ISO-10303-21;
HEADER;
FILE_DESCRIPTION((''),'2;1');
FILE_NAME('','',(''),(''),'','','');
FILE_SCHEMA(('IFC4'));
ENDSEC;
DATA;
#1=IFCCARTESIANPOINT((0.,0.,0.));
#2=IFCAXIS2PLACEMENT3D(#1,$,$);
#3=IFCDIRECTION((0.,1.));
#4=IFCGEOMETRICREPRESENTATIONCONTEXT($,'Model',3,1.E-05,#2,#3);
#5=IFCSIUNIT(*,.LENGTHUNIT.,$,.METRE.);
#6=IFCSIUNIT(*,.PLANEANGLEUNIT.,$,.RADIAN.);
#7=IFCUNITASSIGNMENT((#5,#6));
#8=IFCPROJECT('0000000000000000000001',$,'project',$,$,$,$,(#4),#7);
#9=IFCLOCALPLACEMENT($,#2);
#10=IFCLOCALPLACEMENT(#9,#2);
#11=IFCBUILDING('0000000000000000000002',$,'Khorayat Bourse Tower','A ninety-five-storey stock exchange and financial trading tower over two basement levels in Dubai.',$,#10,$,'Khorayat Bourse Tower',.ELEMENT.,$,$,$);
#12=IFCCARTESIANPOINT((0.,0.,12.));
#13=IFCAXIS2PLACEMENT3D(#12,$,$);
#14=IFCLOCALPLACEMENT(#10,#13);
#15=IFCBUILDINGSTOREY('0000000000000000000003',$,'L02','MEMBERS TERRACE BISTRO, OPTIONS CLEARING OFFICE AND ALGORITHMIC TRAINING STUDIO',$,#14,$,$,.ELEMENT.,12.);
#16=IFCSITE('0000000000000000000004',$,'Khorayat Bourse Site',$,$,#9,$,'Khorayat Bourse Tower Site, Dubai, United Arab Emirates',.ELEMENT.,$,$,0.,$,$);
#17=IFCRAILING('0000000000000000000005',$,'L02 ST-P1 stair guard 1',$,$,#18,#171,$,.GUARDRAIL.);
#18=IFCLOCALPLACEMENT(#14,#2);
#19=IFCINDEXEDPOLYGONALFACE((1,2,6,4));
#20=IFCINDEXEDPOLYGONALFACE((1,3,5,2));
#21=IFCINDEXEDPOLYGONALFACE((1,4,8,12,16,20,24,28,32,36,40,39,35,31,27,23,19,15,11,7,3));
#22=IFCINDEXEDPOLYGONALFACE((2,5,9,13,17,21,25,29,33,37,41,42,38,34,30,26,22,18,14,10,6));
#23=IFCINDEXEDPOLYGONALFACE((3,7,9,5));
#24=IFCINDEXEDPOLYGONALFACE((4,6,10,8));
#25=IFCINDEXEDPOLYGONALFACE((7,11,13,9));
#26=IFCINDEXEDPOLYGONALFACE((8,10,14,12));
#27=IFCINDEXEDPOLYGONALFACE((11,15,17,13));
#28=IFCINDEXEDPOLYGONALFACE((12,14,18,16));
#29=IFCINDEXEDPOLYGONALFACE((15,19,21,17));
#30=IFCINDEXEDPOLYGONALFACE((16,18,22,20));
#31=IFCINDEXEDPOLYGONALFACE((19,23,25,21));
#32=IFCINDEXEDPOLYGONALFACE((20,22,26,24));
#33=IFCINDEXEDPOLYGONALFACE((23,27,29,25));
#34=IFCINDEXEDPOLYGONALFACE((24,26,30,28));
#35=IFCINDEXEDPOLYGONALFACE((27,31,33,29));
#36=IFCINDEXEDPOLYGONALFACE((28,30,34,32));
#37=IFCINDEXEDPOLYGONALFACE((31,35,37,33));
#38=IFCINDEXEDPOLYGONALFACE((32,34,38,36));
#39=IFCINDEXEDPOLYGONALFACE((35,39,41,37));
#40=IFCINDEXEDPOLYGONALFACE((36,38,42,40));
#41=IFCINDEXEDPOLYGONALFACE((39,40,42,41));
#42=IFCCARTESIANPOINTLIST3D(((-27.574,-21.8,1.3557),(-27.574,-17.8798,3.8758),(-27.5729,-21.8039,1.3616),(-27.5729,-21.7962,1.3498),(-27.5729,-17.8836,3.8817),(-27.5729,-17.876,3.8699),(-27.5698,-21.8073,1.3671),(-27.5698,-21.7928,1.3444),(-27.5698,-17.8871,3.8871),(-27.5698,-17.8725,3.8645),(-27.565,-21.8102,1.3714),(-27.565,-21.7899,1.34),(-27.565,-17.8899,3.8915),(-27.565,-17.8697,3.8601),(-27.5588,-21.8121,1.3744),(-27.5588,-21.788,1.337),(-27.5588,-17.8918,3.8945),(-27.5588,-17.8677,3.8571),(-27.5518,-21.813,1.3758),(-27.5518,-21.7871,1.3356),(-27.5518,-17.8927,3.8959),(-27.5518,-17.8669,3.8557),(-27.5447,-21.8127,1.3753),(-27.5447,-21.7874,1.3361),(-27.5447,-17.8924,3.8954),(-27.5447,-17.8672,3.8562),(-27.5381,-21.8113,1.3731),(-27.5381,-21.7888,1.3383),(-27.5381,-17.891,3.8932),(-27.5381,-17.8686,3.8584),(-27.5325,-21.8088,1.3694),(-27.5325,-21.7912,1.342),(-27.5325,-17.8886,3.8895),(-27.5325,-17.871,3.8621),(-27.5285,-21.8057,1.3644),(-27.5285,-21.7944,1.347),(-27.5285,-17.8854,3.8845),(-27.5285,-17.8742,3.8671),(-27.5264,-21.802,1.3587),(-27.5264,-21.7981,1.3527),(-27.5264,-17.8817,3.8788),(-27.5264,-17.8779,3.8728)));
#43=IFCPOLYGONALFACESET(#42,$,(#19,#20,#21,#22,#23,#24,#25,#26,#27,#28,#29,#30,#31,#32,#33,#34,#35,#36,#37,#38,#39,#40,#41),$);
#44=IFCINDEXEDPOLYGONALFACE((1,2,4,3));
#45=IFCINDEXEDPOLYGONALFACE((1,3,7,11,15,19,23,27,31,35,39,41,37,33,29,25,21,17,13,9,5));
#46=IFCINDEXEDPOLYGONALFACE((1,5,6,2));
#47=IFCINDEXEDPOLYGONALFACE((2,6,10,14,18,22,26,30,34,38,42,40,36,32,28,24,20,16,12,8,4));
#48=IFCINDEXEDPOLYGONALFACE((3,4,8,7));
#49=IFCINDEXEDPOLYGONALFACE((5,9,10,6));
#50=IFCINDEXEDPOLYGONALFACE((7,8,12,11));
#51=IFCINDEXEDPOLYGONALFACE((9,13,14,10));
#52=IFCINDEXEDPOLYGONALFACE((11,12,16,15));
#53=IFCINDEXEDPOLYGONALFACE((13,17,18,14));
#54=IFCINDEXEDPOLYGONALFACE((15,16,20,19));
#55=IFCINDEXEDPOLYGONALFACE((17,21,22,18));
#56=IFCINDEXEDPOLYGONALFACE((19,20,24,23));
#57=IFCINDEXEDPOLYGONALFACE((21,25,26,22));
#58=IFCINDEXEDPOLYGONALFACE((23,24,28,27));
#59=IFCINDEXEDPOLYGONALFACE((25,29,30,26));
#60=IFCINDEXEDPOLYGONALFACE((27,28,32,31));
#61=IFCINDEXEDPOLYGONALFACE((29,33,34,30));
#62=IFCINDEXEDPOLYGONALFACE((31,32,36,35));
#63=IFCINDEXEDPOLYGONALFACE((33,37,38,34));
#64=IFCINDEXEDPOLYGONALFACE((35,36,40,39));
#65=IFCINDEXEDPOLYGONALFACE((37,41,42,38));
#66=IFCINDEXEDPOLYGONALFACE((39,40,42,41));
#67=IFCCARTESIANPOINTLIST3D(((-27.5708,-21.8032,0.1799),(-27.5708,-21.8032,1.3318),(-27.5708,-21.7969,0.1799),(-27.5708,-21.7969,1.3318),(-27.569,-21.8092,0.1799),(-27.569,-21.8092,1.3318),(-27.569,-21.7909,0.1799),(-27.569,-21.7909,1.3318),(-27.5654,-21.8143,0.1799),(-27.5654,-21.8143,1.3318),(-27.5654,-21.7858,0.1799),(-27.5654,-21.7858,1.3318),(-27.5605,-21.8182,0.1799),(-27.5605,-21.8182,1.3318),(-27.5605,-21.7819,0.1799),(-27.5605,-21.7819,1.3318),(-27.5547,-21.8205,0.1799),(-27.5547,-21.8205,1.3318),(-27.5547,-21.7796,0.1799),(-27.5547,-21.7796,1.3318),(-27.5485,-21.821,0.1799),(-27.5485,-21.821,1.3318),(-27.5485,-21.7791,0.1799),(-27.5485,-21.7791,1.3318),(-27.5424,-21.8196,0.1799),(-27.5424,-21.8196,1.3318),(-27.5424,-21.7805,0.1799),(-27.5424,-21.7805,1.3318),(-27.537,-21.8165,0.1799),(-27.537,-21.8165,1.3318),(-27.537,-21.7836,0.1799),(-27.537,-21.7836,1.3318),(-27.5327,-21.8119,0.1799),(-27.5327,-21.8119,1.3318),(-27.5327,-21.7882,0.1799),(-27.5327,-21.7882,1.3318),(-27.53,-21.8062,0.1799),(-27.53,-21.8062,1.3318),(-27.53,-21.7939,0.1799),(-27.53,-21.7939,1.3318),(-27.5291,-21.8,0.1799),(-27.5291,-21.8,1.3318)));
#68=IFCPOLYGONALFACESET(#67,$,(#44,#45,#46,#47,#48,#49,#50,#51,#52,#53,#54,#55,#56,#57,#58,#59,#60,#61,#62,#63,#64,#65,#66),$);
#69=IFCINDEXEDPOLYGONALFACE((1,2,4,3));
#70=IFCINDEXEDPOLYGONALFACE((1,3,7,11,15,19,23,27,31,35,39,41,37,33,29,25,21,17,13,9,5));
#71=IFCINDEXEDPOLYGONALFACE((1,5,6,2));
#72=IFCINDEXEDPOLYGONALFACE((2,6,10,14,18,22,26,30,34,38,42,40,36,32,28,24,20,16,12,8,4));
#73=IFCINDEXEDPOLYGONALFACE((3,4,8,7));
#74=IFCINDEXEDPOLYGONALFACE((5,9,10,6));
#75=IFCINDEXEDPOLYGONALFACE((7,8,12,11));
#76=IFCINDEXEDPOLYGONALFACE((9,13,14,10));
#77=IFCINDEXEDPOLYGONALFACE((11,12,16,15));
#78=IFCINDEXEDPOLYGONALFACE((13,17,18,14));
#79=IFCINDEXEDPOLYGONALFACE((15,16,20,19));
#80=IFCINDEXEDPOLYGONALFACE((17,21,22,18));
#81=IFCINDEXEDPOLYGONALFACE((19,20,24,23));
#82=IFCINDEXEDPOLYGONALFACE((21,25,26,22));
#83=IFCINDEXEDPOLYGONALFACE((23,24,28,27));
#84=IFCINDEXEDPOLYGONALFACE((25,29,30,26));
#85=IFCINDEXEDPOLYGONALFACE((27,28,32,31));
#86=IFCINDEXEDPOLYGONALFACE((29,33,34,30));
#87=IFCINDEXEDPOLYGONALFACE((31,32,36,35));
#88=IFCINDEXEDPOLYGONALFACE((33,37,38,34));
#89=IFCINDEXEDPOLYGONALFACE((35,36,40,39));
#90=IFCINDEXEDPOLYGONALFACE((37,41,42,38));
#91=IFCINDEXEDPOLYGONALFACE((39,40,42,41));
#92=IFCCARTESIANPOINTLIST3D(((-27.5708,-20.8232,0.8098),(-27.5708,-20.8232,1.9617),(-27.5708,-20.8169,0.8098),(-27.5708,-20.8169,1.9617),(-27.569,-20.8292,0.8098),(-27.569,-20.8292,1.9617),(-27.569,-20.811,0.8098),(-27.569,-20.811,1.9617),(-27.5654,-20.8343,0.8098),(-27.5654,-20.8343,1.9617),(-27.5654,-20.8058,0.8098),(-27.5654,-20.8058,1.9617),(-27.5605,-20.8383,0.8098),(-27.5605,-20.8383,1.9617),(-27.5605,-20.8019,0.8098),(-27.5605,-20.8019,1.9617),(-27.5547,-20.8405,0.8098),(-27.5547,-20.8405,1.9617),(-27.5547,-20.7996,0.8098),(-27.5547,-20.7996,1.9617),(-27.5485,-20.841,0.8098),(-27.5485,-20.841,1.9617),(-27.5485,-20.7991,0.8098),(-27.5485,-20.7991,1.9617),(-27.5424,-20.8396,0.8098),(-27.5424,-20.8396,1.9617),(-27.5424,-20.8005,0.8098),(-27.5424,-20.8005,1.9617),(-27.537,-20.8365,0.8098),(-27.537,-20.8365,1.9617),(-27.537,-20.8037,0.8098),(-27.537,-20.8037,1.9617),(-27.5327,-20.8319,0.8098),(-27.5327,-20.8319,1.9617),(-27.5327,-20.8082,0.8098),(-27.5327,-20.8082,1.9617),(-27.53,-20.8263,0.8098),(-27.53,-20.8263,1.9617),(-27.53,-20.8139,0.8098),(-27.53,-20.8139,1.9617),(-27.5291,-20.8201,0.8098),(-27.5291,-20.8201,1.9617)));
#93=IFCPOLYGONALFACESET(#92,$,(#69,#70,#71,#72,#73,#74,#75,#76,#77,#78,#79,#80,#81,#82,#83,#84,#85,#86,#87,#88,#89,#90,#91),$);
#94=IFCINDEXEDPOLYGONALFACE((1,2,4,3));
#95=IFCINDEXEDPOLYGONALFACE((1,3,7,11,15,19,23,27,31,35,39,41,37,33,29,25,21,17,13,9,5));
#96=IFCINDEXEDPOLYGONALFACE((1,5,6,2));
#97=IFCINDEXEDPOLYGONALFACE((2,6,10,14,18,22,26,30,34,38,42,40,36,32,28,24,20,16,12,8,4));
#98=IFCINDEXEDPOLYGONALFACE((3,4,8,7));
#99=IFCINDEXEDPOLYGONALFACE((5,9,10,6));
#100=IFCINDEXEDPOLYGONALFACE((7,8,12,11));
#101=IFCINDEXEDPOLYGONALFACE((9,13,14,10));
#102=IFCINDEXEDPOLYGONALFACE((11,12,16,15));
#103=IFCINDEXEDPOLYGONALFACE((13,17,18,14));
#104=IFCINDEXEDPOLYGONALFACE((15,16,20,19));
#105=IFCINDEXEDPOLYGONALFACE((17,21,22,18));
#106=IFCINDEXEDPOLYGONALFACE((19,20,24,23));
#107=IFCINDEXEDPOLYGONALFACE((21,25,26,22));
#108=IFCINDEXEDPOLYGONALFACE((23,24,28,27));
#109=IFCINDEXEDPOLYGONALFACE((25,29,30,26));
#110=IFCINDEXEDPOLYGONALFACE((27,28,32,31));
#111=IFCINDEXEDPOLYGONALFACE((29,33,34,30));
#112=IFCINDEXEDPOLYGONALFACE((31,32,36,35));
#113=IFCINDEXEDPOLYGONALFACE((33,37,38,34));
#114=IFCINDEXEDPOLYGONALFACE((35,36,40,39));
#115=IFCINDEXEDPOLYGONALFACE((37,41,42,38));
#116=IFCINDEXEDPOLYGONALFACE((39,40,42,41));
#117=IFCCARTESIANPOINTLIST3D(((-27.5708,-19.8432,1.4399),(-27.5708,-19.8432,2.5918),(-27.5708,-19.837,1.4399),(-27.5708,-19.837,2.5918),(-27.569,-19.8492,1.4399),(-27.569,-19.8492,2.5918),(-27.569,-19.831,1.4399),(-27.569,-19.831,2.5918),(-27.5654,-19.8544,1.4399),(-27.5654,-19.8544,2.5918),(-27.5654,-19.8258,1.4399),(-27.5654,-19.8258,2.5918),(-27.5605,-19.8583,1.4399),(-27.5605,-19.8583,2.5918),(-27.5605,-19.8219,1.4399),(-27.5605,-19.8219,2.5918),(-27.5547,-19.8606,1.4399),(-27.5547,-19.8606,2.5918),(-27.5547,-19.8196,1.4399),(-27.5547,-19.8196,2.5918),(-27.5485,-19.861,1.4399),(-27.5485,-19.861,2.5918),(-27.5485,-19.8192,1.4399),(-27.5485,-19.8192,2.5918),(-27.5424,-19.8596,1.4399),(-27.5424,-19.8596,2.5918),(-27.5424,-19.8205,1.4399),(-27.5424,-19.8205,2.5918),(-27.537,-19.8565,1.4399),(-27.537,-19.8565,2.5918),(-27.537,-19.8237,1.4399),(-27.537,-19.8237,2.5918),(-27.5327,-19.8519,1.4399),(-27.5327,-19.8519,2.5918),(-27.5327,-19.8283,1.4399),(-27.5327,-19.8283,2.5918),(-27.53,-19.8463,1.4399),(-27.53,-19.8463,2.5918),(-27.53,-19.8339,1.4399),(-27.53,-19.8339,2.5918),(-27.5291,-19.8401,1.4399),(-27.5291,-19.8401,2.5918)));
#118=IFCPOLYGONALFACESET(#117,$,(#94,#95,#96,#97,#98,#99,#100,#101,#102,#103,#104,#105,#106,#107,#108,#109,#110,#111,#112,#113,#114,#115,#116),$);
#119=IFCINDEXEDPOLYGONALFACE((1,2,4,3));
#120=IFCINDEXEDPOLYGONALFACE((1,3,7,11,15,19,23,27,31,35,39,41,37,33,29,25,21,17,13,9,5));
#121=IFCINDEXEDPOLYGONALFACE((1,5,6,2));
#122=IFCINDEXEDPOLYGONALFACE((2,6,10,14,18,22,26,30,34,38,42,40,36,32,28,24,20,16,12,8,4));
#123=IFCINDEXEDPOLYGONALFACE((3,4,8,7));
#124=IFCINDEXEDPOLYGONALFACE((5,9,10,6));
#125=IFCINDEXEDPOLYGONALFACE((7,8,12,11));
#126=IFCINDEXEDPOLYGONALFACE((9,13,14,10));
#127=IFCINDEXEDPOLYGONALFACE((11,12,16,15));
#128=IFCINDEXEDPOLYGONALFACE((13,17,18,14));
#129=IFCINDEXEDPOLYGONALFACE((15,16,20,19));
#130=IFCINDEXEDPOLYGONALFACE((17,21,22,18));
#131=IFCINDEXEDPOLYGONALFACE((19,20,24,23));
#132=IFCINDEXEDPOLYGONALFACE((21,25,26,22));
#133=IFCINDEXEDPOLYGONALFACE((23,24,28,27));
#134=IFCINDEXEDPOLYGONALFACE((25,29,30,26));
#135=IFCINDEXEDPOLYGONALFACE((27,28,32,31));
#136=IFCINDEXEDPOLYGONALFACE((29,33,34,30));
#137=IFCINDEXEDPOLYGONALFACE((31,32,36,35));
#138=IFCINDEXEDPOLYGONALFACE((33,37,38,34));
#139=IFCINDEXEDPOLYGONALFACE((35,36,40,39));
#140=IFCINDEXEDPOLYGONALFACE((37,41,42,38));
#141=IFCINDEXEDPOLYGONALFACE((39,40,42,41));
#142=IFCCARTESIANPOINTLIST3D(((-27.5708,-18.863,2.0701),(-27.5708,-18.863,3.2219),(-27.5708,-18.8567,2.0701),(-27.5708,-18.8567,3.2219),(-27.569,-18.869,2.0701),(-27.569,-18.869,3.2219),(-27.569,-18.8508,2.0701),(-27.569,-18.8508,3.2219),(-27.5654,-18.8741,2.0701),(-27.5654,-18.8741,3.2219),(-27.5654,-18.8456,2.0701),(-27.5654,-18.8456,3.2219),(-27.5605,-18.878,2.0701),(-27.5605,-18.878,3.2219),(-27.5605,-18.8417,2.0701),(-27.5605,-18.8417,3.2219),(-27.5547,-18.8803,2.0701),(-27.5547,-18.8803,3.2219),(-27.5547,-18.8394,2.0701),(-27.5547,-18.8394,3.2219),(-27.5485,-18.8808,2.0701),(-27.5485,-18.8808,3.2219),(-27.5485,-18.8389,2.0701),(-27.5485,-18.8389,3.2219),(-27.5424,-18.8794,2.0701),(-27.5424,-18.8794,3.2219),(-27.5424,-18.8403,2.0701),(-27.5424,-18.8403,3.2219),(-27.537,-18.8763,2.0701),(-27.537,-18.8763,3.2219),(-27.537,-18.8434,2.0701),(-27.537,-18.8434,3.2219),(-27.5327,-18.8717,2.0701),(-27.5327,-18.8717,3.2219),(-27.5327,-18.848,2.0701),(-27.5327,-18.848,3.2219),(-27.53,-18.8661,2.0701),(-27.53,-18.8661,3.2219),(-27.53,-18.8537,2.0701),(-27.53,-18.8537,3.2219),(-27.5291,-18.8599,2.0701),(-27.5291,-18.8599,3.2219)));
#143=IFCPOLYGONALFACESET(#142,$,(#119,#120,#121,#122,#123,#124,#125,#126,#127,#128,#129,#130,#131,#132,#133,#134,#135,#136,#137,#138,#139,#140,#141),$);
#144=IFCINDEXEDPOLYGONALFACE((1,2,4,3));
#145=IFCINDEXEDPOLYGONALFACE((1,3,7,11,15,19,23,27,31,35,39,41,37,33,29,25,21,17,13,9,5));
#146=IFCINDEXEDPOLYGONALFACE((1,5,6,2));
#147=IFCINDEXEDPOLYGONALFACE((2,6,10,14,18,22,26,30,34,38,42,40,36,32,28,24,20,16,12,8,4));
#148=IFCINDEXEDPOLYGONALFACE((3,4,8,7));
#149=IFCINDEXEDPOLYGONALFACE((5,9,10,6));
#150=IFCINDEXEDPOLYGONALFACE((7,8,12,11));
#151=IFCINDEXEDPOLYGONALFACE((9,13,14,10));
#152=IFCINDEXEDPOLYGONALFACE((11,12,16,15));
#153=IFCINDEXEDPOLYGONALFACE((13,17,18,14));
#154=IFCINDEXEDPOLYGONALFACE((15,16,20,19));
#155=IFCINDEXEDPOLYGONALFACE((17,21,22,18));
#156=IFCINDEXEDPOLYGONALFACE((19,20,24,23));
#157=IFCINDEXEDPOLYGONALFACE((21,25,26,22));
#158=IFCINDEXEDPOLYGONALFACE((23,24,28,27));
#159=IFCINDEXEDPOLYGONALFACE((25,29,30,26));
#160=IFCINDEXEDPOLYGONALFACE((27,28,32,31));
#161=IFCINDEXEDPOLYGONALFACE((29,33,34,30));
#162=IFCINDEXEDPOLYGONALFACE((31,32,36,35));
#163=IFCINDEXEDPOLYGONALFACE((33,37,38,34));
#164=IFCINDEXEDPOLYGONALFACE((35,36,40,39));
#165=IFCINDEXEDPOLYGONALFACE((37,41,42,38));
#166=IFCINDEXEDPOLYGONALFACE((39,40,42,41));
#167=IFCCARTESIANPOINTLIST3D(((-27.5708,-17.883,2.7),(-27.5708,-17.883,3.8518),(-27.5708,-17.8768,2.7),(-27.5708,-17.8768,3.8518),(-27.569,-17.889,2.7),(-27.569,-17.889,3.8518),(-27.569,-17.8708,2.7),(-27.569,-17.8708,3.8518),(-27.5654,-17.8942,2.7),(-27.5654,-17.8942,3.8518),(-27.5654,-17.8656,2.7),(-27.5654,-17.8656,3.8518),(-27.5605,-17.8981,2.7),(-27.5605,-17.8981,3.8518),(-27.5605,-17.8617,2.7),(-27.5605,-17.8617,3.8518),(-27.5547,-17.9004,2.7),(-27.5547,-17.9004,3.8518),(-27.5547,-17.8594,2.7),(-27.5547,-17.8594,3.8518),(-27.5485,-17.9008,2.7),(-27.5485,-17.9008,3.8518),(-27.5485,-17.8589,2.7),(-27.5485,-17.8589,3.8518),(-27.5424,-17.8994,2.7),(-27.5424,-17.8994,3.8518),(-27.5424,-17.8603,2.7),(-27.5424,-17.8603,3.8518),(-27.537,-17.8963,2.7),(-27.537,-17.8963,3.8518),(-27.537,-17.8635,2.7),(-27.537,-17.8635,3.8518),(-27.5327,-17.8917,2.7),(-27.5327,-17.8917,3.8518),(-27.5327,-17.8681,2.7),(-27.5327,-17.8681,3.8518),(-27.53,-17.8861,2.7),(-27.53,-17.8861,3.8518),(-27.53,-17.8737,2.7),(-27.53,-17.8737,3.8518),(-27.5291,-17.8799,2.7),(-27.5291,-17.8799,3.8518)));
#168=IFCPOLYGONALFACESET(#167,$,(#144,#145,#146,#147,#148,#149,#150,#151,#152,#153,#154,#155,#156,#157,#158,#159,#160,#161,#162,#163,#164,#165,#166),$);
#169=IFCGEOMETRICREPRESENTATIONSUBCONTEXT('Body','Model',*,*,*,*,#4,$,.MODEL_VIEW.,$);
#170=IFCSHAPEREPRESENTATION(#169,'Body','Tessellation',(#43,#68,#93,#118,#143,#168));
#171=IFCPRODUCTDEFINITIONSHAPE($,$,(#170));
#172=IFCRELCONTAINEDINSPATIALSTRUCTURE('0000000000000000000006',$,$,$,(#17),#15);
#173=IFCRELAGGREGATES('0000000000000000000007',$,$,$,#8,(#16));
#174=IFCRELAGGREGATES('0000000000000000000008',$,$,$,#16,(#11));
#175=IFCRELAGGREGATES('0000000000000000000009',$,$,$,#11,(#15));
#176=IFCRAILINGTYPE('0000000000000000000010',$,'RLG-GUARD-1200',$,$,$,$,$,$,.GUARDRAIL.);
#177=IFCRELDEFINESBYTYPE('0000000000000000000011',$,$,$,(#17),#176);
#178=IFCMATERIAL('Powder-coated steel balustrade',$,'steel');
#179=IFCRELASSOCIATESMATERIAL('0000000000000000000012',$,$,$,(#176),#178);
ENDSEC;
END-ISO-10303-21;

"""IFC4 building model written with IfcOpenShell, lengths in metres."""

from ifc_helpers import new_model, si_unit, direction, frame, origin, origin_2d, place, context, subcontext, project, spatial, circle, extrude, source, transform, mapped, material, type_object, element, save


model = new_model("IFC4")

# Units and contexts
model_context = context("Model", 3, precision=1e-05, world=origin(), true_north=direction((0.0, 1.0)))
body_context = subcontext(model_context, "Body", "Model", "MODEL_VIEW")
ifc_project = project(units=[si_unit("LENGTHUNIT", "METRE"), si_unit("PLANEANGLEUNIT", "RADIAN")], contexts=[model_context])

# Site, building, storey
site_placement = place(None, origin())
site = spatial("IfcSite", under=ifc_project, at=site_placement, Name="Khorayat Bourse Site", LongName="Khorayat Bourse Tower Site, Dubai, United Arab Emirates", CompositionType="ELEMENT", RefElevation=0.0)
building_placement = place(site_placement, origin())
building = spatial("IfcBuilding", under=site, at=building_placement, Name="Khorayat Bourse Tower", Description="A ninety-five-storey stock exchange and financial trading tower over two basement levels in Dubai.", LongName="Khorayat Bourse Tower", CompositionType="ELEMENT")
storey_placement = place(building_placement, frame((0.0, 0.0, 12.0)))
storey = spatial("IfcBuildingStorey", under=building, at=storey_placement, Name="L02", Description="MEMBERS TERRACE BISTRO, OPTIONS CLEARING OFFICE AND ALGORITHMIC TRAINING STUDIO", CompositionType="ELEMENT", Elevation=12.0)

# Railing
ifc_material_1 = material(Name="Powder-coated steel balustrade", Category="steel")
railing_type_1 = type_object("IfcRailingType", Name="RLG-GUARD-1200", PredefinedType="GUARDRAIL", material=ifc_material_1)
shared_shape_1 = source(origin(), body_context, "Body", "SweptSolid", [
    extrude(circle(Radius=0.0239, at=origin_2d()), frame((0.0, 0.0, 1.1758), z_axis=(0.0, 0.841187, 0.540744), x_axis=(-1.0, 0.0, 0.0)), (0.0, 0.0, 1.0), 4.6604),
    extrude(circle(Radius=0.021, at=origin_2d()), origin(), (0.0, 0.0, 1.0), 1.1519),
    extrude(circle(Radius=0.021, at=origin_2d()), frame((0.0, 0.98, 0.6299)), (0.0, 0.0, 1.0), 1.1519),
    extrude(circle(Radius=0.021, at=origin_2d()), frame((0.0, 1.96, 1.26)), (0.0, 0.0, 1.0), 1.1519),
    extrude(circle(Radius=0.021, at=origin_2d()), frame((0.0, 2.9402, 1.8901)), (0.0, 0.0, 1.0), 1.1519),
    extrude(circle(Radius=0.021, at=origin_2d()), frame((0.0, 3.9202, 2.52)), (0.0, 0.0, 1.0), 1.1519),
])
railing_1_placement = place(storey_placement, frame((-27.55, -21.8, 0.1799)))
element("IfcRailing", 1, at=railing_1_placement, inside=storey, type_object=railing_type_1, Name="L02 ST-P1 stair guard 1", PredefinedType="GUARDRAIL", context=body_context, shape_type="MappedRepresentation", body=[
    mapped(shared_shape_1, transform((0.0, 0.0, 0.0), scale=1.0)),
])

save(model, "model.ifc")
